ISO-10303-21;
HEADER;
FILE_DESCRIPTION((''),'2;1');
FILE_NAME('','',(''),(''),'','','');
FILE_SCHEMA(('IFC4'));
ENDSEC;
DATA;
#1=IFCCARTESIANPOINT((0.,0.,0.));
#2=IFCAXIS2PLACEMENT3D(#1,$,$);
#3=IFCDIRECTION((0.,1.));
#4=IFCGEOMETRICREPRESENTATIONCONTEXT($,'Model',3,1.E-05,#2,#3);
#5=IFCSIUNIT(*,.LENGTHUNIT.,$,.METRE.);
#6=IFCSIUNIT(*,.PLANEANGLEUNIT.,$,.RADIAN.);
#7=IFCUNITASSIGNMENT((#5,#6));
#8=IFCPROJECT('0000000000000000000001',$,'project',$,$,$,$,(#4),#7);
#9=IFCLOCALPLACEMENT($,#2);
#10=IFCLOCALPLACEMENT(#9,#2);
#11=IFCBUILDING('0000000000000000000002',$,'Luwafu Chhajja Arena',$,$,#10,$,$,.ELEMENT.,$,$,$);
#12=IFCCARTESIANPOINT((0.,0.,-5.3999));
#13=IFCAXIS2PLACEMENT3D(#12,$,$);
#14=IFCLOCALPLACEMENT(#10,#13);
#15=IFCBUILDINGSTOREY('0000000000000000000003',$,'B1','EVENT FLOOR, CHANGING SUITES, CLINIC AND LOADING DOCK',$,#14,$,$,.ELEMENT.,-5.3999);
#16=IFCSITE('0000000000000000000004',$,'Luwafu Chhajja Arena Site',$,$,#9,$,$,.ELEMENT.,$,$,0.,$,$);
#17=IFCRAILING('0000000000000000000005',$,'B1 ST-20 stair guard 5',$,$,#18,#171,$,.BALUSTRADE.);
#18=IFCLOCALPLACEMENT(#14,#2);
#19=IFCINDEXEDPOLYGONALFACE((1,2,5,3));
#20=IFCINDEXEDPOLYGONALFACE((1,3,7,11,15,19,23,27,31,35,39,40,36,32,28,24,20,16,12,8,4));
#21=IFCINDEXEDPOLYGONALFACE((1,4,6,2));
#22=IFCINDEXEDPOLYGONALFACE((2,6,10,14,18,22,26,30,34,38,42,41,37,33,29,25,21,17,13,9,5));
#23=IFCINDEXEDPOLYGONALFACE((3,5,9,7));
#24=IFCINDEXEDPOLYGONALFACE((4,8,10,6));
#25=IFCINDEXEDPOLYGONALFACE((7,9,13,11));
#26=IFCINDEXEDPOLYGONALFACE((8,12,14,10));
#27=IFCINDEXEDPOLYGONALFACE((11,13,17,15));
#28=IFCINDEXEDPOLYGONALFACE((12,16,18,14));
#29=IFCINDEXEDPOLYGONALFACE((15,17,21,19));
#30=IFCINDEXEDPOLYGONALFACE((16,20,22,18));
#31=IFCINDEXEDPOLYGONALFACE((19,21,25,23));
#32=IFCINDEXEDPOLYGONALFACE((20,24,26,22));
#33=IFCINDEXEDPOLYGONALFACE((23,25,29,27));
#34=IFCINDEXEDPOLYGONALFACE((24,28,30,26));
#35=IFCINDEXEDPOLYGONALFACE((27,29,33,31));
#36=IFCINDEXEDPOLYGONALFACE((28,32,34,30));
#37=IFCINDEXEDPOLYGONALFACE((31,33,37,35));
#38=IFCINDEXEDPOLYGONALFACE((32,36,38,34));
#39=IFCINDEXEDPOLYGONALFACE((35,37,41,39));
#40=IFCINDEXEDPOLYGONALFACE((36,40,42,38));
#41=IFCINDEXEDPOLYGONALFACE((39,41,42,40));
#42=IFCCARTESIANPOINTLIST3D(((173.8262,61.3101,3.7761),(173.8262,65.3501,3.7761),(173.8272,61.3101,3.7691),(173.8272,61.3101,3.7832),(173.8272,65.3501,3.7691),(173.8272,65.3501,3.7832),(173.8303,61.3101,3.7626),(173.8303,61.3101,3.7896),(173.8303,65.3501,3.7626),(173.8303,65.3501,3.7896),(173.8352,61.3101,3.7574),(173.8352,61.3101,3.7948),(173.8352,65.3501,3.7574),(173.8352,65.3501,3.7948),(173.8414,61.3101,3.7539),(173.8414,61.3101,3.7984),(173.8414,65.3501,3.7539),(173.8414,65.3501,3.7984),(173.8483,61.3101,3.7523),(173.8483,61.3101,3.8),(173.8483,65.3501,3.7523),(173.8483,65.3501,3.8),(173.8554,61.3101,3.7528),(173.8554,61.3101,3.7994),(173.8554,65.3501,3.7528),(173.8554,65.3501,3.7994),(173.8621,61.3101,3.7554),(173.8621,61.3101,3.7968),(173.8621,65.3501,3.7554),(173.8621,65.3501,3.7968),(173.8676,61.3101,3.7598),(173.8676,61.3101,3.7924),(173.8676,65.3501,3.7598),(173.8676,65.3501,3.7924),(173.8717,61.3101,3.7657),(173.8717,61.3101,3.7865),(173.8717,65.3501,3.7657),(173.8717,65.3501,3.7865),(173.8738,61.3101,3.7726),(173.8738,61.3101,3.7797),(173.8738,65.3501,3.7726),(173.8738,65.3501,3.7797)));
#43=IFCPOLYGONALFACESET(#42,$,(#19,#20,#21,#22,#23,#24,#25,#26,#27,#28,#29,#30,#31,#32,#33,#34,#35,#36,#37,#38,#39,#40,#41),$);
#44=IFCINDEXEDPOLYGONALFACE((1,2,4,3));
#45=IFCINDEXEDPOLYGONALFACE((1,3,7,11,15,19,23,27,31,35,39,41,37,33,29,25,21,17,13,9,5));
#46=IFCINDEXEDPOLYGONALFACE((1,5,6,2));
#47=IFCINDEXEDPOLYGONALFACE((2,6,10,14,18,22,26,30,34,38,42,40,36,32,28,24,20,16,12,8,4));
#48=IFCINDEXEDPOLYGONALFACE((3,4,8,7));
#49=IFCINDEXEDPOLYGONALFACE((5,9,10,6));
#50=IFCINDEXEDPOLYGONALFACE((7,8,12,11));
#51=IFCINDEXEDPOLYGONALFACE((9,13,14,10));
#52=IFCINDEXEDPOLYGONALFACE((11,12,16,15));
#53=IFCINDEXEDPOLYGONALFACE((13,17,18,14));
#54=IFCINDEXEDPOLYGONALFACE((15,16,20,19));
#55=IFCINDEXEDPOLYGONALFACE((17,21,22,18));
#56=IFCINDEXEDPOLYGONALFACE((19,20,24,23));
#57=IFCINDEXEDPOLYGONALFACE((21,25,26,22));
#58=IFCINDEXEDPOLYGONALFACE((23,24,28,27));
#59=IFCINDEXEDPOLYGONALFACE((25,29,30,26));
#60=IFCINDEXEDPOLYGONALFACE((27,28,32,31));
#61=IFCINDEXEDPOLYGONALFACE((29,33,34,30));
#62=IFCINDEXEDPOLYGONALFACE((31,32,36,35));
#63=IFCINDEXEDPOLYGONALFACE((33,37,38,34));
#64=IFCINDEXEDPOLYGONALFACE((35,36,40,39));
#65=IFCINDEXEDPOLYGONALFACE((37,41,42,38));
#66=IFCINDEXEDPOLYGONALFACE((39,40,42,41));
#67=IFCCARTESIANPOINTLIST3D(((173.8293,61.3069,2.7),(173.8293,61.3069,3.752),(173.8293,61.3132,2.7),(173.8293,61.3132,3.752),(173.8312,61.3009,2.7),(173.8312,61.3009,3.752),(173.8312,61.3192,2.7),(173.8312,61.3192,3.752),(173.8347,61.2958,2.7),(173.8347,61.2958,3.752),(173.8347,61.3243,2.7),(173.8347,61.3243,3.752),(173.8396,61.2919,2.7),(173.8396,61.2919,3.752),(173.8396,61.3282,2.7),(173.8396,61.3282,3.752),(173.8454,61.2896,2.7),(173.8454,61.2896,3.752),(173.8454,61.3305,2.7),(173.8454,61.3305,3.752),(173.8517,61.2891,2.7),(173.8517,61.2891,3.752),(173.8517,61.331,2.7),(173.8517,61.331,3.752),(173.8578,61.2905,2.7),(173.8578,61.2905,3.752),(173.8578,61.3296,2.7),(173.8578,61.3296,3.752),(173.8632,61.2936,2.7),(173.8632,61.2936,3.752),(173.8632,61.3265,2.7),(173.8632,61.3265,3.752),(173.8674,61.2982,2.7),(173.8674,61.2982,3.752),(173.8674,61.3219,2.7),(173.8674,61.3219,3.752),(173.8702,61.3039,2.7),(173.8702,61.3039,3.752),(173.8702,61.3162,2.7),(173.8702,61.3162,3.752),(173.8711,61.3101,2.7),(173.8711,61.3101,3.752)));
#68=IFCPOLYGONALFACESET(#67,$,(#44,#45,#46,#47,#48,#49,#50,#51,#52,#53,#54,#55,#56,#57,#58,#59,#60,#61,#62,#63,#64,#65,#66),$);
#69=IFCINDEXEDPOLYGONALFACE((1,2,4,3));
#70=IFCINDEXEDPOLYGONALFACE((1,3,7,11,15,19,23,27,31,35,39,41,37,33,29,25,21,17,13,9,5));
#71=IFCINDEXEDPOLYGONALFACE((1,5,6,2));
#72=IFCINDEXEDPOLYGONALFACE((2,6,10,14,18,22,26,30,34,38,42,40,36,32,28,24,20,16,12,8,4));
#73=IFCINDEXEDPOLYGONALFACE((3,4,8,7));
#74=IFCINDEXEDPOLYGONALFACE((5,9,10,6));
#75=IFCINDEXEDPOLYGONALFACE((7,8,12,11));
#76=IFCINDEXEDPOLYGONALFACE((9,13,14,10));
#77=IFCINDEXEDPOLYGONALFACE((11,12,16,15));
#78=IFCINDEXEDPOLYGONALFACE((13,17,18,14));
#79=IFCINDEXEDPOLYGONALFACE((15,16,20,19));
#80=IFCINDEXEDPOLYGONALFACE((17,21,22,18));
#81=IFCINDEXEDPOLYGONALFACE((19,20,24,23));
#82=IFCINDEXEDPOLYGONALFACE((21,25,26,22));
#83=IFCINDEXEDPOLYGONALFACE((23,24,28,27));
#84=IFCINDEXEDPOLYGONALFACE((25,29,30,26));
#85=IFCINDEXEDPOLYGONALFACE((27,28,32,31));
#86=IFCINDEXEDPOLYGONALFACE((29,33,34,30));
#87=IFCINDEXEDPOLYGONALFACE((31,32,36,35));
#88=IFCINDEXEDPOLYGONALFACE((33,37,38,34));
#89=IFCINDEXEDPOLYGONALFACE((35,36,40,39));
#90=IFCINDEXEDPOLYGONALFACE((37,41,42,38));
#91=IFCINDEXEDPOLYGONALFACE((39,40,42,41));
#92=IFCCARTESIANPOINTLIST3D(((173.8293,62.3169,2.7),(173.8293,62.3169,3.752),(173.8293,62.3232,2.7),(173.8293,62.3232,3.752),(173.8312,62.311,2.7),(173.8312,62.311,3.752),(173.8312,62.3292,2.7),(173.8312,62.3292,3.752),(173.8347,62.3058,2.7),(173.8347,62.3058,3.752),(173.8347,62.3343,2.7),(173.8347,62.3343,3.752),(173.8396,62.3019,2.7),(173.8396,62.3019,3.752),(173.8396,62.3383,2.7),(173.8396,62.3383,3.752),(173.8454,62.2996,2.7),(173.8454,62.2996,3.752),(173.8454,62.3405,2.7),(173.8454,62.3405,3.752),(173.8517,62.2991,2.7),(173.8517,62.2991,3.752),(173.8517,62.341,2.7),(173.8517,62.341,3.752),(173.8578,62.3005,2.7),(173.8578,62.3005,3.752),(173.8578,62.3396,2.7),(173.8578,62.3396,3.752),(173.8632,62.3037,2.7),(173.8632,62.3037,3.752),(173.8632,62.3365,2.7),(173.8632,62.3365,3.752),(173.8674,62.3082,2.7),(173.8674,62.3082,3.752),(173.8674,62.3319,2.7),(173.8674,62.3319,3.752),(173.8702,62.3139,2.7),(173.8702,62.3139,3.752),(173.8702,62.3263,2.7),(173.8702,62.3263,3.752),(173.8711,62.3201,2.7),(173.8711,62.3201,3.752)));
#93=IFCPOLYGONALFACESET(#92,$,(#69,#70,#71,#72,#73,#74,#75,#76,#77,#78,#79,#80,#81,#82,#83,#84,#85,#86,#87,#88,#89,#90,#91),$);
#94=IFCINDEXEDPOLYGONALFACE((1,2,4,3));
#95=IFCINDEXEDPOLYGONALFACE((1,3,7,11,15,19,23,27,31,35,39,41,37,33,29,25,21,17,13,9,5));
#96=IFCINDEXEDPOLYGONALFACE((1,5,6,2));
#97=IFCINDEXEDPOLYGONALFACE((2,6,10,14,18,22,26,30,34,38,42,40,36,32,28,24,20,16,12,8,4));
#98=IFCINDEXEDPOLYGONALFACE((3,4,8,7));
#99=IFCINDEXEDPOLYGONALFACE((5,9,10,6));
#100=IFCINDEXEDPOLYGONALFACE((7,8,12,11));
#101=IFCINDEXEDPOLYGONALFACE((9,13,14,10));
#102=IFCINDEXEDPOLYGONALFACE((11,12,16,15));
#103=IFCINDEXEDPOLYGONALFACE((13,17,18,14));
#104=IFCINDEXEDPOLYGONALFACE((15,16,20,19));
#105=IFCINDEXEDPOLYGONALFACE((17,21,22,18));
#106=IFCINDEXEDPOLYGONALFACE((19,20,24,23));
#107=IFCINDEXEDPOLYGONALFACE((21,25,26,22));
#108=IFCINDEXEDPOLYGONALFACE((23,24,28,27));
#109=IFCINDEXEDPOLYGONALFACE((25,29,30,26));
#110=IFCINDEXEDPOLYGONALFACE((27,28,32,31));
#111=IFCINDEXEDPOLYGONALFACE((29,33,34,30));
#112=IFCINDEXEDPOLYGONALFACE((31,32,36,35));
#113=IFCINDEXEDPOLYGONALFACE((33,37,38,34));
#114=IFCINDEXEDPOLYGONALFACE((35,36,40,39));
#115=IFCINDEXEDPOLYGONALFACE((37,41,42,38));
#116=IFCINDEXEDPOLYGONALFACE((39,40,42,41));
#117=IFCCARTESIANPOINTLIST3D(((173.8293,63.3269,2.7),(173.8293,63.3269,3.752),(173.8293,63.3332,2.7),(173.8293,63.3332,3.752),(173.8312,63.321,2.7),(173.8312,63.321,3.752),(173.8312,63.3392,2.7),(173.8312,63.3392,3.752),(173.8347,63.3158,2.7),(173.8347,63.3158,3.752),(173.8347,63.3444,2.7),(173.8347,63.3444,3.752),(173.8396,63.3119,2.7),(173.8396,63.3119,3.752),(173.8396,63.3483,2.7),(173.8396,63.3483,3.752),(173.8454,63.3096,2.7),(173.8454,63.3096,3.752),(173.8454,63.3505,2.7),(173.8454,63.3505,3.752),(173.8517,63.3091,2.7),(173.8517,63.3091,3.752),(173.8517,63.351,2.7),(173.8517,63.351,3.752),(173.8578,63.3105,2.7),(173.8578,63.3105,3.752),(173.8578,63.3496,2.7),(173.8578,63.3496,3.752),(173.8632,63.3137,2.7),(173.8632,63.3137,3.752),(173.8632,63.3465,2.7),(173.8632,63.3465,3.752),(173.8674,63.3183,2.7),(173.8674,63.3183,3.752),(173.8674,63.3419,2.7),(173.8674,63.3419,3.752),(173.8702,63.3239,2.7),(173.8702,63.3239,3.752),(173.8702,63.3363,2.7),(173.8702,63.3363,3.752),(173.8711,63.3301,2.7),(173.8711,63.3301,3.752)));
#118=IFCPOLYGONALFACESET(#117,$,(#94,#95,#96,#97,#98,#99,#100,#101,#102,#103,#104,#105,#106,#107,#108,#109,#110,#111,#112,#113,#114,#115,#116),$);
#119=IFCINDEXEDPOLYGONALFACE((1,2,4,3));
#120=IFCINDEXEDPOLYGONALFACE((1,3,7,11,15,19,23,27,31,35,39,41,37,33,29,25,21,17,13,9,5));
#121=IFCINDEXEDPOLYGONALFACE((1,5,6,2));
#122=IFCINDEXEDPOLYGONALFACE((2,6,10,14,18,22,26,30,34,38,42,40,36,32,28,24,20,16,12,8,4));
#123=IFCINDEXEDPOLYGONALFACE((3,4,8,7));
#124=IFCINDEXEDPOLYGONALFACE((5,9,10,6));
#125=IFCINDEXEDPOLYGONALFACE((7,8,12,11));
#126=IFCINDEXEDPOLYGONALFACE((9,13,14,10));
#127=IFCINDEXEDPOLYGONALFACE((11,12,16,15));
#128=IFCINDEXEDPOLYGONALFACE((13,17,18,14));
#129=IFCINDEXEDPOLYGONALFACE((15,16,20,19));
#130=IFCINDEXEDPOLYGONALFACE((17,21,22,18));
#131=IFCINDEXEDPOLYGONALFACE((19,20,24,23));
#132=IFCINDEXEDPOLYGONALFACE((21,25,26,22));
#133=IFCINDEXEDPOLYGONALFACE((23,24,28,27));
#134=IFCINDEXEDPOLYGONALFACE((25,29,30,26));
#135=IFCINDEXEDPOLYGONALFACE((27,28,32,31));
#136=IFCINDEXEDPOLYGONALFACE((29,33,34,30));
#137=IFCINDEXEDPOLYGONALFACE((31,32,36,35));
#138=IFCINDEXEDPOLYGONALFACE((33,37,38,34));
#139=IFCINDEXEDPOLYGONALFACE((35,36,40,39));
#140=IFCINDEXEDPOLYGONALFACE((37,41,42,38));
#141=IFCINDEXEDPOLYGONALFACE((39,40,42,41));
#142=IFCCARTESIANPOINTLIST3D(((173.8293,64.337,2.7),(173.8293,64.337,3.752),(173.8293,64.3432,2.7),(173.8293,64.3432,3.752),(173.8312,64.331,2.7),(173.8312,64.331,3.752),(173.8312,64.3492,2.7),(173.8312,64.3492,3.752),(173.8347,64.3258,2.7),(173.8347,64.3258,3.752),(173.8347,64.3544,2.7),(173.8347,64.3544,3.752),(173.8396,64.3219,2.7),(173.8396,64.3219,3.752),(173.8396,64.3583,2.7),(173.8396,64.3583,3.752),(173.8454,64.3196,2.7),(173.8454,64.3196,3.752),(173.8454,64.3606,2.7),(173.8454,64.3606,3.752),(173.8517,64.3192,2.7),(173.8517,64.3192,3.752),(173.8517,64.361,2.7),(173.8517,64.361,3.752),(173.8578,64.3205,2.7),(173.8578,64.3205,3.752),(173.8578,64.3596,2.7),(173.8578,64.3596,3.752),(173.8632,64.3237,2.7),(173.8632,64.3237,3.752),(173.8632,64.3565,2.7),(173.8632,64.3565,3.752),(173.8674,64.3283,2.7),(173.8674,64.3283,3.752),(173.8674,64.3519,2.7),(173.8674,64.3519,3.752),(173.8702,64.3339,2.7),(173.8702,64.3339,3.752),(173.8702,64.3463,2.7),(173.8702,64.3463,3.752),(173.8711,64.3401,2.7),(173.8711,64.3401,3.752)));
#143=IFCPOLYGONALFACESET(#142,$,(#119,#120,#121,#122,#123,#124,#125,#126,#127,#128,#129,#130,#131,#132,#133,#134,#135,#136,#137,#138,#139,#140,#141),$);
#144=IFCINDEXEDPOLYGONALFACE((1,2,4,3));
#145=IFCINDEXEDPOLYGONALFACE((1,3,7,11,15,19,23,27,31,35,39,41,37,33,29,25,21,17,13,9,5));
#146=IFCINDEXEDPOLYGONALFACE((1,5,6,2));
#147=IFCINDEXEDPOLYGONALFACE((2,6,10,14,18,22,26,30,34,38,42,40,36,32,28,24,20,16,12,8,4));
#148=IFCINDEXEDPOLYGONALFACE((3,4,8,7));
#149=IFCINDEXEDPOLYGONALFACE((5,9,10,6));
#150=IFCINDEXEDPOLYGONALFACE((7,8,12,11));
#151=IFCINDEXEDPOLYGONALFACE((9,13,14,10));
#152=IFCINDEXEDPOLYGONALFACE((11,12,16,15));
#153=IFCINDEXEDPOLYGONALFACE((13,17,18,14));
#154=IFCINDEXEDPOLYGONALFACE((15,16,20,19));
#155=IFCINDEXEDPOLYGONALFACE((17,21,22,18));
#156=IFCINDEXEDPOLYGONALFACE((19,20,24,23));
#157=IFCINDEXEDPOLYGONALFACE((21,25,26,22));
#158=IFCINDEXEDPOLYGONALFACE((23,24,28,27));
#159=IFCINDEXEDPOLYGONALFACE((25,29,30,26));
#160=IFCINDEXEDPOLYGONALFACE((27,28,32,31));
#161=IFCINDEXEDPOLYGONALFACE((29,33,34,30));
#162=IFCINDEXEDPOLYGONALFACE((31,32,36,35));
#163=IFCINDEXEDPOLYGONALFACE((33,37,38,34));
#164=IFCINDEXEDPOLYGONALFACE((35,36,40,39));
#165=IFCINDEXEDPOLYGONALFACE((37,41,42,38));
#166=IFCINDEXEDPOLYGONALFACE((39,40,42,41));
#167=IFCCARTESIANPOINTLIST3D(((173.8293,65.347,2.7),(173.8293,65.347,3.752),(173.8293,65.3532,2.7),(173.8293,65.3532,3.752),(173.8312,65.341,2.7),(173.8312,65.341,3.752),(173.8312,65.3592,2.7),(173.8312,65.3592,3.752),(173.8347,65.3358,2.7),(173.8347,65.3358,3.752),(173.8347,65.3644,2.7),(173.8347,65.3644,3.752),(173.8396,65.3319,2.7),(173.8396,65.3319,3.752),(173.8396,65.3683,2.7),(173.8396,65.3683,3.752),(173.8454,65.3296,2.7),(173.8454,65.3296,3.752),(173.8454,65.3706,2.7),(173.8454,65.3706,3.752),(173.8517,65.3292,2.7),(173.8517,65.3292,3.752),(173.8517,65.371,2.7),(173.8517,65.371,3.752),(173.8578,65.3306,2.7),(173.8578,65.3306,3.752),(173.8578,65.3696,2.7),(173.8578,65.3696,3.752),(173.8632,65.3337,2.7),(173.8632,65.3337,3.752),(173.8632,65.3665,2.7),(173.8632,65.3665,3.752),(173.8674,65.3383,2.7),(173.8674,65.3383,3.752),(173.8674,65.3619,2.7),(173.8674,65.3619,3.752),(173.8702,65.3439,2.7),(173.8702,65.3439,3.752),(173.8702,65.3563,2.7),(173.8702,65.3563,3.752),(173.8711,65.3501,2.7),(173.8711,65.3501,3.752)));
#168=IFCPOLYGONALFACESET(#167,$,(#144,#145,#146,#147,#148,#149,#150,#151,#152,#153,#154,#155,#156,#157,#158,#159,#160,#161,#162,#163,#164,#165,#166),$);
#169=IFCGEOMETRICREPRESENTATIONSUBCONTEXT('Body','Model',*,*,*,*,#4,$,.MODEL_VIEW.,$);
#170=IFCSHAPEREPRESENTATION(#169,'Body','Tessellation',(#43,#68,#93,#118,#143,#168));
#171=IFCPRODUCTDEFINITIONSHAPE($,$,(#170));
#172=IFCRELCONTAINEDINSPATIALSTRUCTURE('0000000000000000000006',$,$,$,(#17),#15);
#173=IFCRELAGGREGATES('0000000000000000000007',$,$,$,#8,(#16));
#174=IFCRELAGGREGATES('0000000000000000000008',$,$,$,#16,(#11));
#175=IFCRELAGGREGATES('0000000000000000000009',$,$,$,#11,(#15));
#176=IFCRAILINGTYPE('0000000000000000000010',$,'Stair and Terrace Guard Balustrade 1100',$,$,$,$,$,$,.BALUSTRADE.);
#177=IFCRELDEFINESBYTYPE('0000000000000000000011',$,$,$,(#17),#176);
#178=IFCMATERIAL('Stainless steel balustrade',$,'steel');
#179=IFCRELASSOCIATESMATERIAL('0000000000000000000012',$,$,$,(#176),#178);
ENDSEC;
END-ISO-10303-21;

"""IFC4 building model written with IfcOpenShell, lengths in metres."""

from ifc_helpers import new_model, si_unit, direction, frame, origin, origin_2d, place, context, subcontext, project, spatial, circle, extrude, material, type_object, element, save


model = new_model("IFC4")

# Units and contexts
model_context = context("Model", 3, precision=1e-05, world=origin(), true_north=direction((0.0, 1.0)))
body_context = subcontext(model_context, "Body", "Model", "MODEL_VIEW")
ifc_project = project(units=[si_unit("LENGTHUNIT", "METRE"), si_unit("PLANEANGLEUNIT", "RADIAN")], contexts=[model_context])

# Site, building, storey
site_placement = place(None, origin())
site = spatial("IfcSite", under=ifc_project, at=site_placement, Name="Luwafu Chhajja Arena Site", CompositionType="ELEMENT", RefElevation=0.0)
building_placement = place(site_placement, origin())
building = spatial("IfcBuilding", under=site, at=building_placement, Name="Luwafu Chhajja Arena", CompositionType="ELEMENT")
storey_placement = place(building_placement, frame((0.0, 0.0, -5.3999)))
storey = spatial("IfcBuildingStorey", under=building, at=storey_placement, Name="B1", Description="EVENT FLOOR, CHANGING SUITES, CLINIC AND LOADING DOCK", CompositionType="ELEMENT", Elevation=-5.3999)

# Railing
ifc_material_1 = material(Name="Stainless steel balustrade", Category="steel")
railing_type_1 = type_object("IfcRailingType", Name="Stair and Terrace Guard Balustrade 1100", PredefinedType="BALUSTRADE", material=ifc_material_1)
railing_1_placement = place(storey_placement, frame((173.8501, 61.3101, 2.7)))
element("IfcRailing", 1, at=railing_1_placement, inside=storey, type_object=railing_type_1, Name="B1 ST-20 stair guard 5", PredefinedType="BALUSTRADE", context=body_context, shape_type="SweptSolid", body=[
    extrude(circle(Radius=0.0239, at=origin_2d()), frame((0.0, 0.0, 1.0762), z_axis=(0.0, 1.0, 0.0), x_axis=(-1.0, 0.0, 0.0)), (0.0, 0.0, 1.0), 4.04),
    extrude(circle(Radius=0.021, at=origin_2d()), origin(), (0.0, 0.0, 1.0), 1.052),
    extrude(circle(Radius=0.021, at=origin_2d()), frame((0.0, 1.01, 0.0)), (0.0, 0.0, 1.0), 1.052),
    extrude(circle(Radius=0.021, at=origin_2d()), frame((0.0, 2.02, 0.0)), (0.0, 0.0, 1.0), 1.052),
    extrude(circle(Radius=0.021, at=origin_2d()), frame((0.0, 3.03, 0.0)), (0.0, 0.0, 1.0), 1.052),
    extrude(circle(Radius=0.021, at=origin_2d()), frame((0.0, 4.04, 0.0)), (0.0, 0.0, 1.0), 1.052),
])

save(model, "model.ifc")
